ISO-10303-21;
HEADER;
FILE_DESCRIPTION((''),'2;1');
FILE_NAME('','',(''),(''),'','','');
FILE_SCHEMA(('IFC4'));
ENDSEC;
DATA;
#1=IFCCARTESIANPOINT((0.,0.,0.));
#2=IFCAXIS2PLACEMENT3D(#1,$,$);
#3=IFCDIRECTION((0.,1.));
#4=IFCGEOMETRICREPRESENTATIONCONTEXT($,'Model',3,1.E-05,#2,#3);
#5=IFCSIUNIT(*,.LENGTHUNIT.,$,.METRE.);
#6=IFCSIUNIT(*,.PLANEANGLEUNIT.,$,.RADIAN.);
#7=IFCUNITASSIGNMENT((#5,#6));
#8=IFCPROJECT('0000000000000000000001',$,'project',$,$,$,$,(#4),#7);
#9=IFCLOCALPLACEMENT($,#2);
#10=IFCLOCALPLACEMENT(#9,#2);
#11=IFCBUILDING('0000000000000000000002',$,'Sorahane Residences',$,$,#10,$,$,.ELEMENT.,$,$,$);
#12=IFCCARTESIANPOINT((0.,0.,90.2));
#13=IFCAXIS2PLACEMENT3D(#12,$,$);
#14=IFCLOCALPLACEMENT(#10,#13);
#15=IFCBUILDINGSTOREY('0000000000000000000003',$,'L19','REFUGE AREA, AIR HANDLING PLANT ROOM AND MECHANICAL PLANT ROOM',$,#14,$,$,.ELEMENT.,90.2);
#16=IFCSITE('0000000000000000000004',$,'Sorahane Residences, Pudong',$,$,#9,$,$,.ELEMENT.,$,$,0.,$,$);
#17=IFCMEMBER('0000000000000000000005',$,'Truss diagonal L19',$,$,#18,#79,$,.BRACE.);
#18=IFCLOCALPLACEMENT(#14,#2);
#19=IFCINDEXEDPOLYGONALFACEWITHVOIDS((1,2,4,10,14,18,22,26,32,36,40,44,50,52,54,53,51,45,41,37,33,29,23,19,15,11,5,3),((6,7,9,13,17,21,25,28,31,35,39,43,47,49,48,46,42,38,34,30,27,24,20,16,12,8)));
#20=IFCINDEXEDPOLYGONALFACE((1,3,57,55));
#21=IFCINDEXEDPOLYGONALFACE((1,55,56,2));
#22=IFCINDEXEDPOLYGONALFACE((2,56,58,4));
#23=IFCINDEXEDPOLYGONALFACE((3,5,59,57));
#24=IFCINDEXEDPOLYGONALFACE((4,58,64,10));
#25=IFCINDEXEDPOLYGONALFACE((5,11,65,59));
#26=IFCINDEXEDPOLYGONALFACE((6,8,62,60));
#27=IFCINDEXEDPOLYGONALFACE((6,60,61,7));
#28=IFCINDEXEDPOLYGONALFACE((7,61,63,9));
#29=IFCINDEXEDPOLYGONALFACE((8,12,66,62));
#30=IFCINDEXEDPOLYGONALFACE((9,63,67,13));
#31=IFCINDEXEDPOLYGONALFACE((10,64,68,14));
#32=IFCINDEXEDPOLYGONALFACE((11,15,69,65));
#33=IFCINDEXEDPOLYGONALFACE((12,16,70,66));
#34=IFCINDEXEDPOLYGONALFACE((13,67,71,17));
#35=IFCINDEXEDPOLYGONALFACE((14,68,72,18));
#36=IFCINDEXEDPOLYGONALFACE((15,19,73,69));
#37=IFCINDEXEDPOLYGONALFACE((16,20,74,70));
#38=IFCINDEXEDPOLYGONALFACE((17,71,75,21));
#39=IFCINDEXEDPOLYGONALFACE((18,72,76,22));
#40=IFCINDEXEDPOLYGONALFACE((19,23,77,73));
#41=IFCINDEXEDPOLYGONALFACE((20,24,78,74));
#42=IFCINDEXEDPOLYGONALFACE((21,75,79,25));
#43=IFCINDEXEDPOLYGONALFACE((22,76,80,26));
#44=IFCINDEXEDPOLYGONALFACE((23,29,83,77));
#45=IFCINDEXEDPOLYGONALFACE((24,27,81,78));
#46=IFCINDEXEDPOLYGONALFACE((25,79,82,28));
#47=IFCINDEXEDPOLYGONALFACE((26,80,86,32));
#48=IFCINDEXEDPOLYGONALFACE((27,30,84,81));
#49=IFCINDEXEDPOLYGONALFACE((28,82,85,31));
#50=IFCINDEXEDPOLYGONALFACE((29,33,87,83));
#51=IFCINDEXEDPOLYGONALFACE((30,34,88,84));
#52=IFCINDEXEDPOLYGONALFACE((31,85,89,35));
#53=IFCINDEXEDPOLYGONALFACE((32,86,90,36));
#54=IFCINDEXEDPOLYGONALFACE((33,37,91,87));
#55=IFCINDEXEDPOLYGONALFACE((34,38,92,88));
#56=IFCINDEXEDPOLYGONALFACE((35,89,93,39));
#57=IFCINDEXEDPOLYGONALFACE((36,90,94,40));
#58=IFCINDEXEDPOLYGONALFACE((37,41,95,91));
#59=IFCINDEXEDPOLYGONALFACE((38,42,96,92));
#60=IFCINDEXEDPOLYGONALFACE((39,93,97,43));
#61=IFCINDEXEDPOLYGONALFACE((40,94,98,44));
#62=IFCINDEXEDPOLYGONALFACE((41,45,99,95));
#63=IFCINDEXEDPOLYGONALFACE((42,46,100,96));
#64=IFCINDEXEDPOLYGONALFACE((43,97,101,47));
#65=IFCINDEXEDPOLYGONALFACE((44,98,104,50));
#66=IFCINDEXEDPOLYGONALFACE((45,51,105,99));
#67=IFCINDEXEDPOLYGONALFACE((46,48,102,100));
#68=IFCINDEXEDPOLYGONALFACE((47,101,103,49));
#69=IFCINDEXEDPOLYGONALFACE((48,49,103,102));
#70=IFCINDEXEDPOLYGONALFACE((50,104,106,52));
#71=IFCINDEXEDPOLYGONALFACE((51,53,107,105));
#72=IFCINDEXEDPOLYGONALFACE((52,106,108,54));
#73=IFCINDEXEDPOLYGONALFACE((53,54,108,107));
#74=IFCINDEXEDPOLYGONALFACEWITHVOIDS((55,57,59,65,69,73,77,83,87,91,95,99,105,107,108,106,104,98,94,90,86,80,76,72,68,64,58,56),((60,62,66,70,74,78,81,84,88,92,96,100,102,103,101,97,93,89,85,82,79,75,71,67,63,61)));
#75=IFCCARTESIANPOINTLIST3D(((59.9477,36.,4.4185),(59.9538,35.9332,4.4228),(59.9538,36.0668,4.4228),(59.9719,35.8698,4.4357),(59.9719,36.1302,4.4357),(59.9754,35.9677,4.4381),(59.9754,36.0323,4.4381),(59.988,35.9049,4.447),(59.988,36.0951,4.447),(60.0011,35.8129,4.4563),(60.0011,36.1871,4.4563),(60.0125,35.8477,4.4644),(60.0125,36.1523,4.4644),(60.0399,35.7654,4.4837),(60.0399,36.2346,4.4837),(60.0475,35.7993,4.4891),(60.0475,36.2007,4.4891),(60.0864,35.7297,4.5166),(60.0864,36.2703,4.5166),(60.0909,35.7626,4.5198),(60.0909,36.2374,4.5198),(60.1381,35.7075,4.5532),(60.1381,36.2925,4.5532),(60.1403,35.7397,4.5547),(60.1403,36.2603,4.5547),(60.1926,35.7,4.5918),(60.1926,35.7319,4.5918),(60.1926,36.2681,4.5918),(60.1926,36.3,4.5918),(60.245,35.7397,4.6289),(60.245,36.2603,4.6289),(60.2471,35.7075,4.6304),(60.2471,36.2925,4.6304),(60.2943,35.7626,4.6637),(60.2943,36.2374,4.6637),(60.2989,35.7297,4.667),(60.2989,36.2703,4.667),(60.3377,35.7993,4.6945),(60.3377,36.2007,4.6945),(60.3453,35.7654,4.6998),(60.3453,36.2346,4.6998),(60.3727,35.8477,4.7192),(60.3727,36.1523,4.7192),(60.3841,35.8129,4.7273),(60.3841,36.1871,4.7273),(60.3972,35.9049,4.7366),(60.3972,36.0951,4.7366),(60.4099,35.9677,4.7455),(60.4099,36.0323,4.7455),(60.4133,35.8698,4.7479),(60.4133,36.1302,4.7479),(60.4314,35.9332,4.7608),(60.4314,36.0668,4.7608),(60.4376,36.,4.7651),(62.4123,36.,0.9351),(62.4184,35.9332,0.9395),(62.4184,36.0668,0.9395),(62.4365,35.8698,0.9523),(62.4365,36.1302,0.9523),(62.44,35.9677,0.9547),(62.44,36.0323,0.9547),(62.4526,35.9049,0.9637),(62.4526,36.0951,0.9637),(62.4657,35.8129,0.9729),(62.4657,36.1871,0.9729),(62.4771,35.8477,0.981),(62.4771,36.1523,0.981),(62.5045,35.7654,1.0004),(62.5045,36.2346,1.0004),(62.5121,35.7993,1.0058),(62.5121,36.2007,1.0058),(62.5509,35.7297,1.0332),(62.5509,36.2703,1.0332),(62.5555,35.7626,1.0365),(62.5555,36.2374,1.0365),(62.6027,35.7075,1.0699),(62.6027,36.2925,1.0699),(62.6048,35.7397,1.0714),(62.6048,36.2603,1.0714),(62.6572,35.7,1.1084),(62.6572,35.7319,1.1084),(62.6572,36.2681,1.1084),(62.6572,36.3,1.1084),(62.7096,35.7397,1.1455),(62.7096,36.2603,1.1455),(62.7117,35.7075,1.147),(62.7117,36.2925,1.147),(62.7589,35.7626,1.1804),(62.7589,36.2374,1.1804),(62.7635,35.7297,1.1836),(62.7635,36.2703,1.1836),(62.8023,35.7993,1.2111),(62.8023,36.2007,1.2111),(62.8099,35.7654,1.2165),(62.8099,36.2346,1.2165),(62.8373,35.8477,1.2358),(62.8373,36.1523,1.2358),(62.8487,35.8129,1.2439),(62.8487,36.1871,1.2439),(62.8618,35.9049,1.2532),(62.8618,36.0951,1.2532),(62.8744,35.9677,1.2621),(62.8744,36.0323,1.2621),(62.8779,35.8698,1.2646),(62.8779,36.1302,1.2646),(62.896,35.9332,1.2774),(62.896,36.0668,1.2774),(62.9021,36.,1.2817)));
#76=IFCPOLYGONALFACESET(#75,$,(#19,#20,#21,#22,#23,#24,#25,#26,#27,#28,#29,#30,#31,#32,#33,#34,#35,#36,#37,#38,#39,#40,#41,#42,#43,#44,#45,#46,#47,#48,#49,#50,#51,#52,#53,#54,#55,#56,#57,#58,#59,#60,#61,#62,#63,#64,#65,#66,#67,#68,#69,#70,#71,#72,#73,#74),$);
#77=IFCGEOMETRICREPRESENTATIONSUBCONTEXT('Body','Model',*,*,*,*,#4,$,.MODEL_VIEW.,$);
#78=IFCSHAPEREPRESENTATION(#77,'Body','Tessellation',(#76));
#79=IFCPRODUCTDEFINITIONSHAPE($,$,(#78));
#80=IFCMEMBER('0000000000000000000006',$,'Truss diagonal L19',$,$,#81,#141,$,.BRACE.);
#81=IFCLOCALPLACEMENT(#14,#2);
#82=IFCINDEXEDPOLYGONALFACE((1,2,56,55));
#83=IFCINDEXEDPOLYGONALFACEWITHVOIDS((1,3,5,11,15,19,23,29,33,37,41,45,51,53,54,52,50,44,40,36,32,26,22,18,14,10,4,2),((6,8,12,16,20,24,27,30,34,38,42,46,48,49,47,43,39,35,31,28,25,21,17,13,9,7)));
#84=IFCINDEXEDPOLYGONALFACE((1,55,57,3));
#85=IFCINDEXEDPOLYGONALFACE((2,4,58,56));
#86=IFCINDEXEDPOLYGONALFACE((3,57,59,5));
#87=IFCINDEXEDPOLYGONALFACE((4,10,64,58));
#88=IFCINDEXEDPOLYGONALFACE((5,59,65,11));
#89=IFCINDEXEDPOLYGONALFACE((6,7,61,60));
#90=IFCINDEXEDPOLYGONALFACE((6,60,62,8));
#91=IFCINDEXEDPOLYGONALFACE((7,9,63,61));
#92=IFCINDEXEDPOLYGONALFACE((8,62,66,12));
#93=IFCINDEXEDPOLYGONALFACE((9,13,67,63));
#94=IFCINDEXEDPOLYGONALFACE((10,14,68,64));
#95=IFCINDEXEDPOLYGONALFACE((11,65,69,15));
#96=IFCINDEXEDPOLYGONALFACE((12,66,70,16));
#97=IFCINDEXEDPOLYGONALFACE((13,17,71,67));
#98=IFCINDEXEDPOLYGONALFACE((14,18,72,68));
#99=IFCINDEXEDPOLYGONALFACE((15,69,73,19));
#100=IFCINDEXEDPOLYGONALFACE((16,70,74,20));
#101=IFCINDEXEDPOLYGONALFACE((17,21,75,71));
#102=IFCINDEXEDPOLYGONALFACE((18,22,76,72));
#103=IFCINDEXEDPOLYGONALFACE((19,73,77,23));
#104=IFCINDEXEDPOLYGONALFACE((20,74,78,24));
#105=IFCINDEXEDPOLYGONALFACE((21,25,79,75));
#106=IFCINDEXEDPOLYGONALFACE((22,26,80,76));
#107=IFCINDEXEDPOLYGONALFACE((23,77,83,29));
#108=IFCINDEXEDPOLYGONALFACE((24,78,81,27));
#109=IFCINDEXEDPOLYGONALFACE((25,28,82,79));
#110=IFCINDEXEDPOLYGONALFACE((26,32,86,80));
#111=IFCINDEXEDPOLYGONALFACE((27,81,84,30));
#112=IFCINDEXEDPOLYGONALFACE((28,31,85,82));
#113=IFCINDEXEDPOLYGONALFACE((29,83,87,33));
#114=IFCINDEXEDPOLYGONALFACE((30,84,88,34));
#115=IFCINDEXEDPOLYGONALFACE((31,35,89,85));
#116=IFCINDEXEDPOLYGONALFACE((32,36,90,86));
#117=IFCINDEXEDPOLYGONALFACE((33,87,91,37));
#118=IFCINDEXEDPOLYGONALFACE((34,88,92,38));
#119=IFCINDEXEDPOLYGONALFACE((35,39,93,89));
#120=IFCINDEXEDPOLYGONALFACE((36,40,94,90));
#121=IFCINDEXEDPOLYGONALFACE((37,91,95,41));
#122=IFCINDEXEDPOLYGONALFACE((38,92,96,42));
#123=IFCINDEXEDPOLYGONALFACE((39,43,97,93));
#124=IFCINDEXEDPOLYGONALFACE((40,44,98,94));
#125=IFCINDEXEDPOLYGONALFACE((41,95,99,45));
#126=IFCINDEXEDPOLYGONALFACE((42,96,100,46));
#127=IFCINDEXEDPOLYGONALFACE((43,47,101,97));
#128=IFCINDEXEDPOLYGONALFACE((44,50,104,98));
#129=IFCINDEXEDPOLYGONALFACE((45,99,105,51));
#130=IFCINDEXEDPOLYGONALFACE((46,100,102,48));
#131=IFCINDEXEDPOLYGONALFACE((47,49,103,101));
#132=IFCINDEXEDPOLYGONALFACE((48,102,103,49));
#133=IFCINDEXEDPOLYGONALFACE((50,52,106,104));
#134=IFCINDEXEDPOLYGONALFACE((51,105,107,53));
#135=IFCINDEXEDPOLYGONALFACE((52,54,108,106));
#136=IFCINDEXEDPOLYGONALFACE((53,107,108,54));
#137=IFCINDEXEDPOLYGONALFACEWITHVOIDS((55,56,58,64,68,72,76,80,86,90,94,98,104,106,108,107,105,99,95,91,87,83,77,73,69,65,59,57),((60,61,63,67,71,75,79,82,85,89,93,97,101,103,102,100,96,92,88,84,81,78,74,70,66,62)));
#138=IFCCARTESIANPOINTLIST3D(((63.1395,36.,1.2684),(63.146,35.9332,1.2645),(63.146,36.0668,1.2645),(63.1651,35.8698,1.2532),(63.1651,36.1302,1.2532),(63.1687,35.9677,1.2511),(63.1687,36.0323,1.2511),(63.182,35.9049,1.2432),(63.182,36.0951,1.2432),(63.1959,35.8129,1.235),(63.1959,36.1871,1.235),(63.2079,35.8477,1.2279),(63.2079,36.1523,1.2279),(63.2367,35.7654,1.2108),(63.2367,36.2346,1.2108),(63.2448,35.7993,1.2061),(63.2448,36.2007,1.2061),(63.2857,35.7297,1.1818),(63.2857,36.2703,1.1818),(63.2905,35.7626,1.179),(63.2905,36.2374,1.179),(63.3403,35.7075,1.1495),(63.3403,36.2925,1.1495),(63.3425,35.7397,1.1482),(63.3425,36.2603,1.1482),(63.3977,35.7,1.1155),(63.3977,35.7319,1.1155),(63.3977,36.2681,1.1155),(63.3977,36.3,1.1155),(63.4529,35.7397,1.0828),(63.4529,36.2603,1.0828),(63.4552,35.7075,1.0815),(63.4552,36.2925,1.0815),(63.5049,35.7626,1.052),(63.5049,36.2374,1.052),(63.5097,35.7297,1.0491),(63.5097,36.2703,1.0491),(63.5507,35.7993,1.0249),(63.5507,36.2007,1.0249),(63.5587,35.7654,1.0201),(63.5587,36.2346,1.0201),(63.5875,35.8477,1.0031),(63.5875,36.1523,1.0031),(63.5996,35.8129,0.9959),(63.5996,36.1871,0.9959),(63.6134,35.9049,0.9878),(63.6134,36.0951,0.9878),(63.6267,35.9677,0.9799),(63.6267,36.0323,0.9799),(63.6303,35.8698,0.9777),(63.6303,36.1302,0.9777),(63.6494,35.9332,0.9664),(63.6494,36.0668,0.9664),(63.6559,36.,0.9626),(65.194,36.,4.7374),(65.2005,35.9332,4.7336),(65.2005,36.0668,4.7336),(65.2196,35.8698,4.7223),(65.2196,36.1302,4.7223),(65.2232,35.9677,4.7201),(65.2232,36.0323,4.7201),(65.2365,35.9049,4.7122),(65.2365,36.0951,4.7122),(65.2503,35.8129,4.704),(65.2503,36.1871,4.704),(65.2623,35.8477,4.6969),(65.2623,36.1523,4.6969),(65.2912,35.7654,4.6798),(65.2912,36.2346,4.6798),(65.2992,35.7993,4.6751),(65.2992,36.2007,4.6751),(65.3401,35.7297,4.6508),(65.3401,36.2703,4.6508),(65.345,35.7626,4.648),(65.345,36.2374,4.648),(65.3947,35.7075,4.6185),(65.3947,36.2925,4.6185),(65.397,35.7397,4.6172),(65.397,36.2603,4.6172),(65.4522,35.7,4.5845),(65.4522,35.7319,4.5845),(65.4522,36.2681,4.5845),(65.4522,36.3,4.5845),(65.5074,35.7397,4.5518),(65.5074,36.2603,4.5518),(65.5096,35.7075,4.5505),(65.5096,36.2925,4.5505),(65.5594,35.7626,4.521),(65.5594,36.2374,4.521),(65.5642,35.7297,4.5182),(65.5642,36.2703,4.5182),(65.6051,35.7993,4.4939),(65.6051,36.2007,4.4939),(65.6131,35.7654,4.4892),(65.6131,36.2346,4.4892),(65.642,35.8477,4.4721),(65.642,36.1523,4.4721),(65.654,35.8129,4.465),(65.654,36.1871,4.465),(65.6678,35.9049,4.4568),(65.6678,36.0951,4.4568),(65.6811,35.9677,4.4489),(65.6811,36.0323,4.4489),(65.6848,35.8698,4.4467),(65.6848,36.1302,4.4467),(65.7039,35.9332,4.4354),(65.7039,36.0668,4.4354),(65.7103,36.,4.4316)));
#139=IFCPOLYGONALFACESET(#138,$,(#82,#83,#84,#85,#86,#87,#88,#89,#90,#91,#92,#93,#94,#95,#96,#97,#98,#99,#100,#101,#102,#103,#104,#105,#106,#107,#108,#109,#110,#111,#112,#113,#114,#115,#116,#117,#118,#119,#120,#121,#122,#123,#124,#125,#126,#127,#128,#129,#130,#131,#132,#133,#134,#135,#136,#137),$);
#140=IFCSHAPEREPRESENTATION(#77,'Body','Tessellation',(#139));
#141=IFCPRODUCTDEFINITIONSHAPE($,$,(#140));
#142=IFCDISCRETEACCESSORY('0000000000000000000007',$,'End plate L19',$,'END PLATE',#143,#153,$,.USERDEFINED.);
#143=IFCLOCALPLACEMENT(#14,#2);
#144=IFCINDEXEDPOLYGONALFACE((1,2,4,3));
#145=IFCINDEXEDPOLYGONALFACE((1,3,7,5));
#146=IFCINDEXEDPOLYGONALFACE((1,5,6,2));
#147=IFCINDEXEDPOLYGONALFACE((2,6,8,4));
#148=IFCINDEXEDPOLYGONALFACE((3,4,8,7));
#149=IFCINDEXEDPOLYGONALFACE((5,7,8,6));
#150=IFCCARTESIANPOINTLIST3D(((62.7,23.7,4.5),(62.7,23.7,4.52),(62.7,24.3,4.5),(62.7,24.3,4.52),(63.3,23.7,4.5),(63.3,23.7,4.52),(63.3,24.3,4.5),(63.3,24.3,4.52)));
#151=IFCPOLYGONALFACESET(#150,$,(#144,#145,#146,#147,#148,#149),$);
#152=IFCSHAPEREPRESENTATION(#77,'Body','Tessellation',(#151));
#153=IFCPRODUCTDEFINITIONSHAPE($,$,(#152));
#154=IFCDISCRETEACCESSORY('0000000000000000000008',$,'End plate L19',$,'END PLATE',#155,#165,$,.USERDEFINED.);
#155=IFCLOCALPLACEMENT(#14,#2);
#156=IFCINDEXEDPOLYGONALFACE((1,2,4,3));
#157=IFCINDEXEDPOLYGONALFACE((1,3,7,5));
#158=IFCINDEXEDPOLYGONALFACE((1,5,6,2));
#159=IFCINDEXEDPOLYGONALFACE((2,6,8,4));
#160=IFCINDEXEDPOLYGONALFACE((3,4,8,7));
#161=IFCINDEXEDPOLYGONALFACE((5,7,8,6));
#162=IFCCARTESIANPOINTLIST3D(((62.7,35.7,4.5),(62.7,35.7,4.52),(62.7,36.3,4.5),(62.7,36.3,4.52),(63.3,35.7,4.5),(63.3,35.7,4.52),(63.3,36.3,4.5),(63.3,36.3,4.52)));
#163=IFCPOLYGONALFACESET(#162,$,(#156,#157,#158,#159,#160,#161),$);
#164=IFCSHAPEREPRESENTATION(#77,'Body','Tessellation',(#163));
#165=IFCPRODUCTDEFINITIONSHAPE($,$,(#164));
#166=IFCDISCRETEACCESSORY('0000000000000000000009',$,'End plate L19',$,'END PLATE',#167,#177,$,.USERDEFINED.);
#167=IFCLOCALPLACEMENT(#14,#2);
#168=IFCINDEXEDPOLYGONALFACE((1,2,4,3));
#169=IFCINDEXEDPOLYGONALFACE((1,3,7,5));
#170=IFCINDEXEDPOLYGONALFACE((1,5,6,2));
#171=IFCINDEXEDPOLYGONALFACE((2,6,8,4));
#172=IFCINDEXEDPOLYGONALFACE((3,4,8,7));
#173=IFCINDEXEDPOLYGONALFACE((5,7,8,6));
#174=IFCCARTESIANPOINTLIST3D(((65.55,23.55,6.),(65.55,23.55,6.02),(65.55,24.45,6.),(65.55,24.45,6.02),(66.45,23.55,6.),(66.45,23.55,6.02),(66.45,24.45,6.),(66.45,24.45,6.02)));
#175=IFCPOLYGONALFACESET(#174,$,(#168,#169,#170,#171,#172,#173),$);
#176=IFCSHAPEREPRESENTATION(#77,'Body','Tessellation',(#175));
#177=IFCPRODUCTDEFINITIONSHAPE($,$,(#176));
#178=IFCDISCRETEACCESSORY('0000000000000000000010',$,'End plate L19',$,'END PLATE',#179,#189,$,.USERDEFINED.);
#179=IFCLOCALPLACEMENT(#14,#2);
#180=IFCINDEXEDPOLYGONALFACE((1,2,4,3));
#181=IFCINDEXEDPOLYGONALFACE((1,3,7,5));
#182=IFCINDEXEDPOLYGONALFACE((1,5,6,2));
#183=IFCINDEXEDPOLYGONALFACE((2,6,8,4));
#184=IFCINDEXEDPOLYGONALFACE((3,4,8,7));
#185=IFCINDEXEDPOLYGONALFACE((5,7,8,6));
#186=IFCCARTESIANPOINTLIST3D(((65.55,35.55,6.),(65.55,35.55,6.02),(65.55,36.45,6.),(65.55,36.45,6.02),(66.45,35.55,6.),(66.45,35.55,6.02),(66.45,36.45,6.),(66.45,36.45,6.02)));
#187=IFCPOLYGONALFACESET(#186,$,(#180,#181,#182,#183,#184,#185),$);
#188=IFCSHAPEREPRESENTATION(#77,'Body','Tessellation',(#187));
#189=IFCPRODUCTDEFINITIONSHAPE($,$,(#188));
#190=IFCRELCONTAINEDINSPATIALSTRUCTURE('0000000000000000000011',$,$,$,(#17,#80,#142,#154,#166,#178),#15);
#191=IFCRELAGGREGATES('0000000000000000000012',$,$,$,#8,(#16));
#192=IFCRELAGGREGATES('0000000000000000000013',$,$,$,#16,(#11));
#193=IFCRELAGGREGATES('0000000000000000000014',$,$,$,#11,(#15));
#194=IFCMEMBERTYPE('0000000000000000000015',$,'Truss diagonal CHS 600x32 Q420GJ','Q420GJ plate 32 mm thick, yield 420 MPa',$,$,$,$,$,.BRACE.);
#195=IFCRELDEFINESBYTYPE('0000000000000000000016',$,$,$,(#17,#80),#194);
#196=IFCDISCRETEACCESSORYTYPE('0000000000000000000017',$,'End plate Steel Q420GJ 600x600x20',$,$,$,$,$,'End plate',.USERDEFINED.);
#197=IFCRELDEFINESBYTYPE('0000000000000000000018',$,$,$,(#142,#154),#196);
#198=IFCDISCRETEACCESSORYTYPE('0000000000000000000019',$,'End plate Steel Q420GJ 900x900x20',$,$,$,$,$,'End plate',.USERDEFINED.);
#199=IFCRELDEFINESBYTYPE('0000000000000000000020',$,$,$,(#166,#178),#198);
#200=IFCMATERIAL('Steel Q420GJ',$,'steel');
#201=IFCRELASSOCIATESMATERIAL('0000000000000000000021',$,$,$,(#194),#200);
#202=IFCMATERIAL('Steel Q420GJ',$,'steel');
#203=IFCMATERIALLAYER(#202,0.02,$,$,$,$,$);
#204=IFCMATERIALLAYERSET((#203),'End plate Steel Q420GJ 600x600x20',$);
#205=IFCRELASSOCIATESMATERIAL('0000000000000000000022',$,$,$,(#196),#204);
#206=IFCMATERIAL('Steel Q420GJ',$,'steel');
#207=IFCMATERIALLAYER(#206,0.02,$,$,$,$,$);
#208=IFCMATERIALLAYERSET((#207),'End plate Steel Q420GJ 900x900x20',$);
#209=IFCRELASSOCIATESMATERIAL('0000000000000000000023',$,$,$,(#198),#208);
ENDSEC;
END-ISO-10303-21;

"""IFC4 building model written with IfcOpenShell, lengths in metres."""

from ifc_helpers import new_model, si_unit, direction, frame, origin, origin_2d, place, context, subcontext, project, spatial, rectangle, hollow_circle, extrude, material, layer, layer_set, material_profile, profile_set, type_object, element, save


model = new_model("IFC4")

# Units and contexts
model_context = context("Model", 3, precision=1e-05, world=origin(), true_north=direction((0.0, 1.0)))
body_context = subcontext(model_context, "Body", "Model", "MODEL_VIEW")
ifc_project = project(units=[si_unit("LENGTHUNIT", "METRE"), si_unit("PLANEANGLEUNIT", "RADIAN")], contexts=[model_context])

# Site, building, storey
site_placement = place(None, origin())
site = spatial("IfcSite", under=ifc_project, at=site_placement, Name="Sorahane Residences, Pudong", CompositionType="ELEMENT", RefElevation=0.0)
building_placement = place(site_placement, origin())
building = spatial("IfcBuilding", under=site, at=building_placement, Name="Sorahane Residences", CompositionType="ELEMENT")
storey_placement = place(building_placement, frame((0.0, 0.0, 90.2)))
storey = spatial("IfcBuildingStorey", under=building, at=storey_placement, Name="L19", Description="REFUGE AREA, AIR HANDLING PLANT ROOM AND MECHANICAL PLANT ROOM", CompositionType="ELEMENT", Elevation=90.2)

# Members
ifc_material_1 = material(Name="Steel Q420GJ", Category="steel")
ifc_material_profile_1 = material_profile(ifc_material_1, hollow_circle(Radius=0.3, WallThickness=0.032, at=origin_2d()), Name="CHS 600x32")
ifc_profile_set_1 = profile_set([ifc_material_profile_1], Name="Steel Q420GJ")
member_type = type_object("IfcMemberType", Name="Truss diagonal CHS 600x32 Q420GJ", Description="Q420GJ plate 32 mm thick, yield 420 MPa", PredefinedType="BRACE", material=ifc_profile_set_1)
member_1_placement = place(storey_placement, frame((60.1926, 36.0, 4.5918), z_axis=(0.577579, 0.0, -0.816335), x_axis=(0.0, 1.0, 0.0)))
element("IfcMember", 1, at=member_1_placement, inside=storey, type_object=member_type, Name="Truss diagonal L19", PredefinedType="BRACE", context=body_context, shape_type="SweptSolid", body=[
    extrude(hollow_circle(Radius=0.3, WallThickness=0.032, at=origin_2d()), origin(), (0.0, 0.0, 1.0), 4.2671),
])
member_2_placement = place(storey_placement, frame((63.3977, 36.0, 1.1155), z_axis=(0.509572, 0.0, 0.860428), x_axis=(0.0, 1.0, 0.0)))
element("IfcMember", 2, at=member_2_placement, inside=storey, type_object=member_type, Name="Truss diagonal L19", PredefinedType="BRACE", context=body_context, shape_type="SweptSolid", body=[
    extrude(hollow_circle(Radius=0.3, WallThickness=0.032, at=origin_2d()), origin(), (0.0, 0.0, 1.0), 4.0317),
])

# Discrete accessories
ifc_material_2 = material(Name="Steel Q420GJ", Category="steel")
ifc_layer_1 = layer(ifc_material_2, 0.02)
ifc_layer_set_1 = layer_set([ifc_layer_1], Name="End plate Steel Q420GJ 600x600x20")
discrete_accessory_type_1 = type_object("IfcDiscreteAccessoryType", Name="End plate Steel Q420GJ 600x600x20", ElementType="End plate", PredefinedType="USERDEFINED", material=ifc_layer_set_1)
for number, where, z_axis, x_axis, name in (
    (3, (63.0, 24.0, 4.5), (0.0, 0.0, 1.0), (1.0, 0.0, 0.0), "End plate L19"),
    (4, (63.0, 36.0, 4.5), (0.0, 0.0, 1.0), (1.0, 0.0, 0.0), "End plate L19"),
):
    element("IfcDiscreteAccessory", number, at=place(storey_placement, frame(where, z_axis=z_axis, x_axis=x_axis)), inside=storey, type_object=discrete_accessory_type_1, Name=name, ObjectType="END PLATE", PredefinedType="USERDEFINED", context=body_context, shape_type="SweptSolid", body=[
        extrude(rectangle(XDim=0.6001, YDim=0.6001, at=origin_2d()), origin(), (0.0, 0.0, 1.0), 0.02),
    ])
ifc_material_3 = material(Name="Steel Q420GJ", Category="steel")
ifc_layer_2 = layer(ifc_material_3, 0.02)
ifc_layer_set_2 = layer_set([ifc_layer_2], Name="End plate Steel Q420GJ 900x900x20")
discrete_accessory_type_2 = type_object("IfcDiscreteAccessoryType", Name="End plate Steel Q420GJ 900x900x20", ElementType="End plate", PredefinedType="USERDEFINED", material=ifc_layer_set_2)
for number, where, z_axis, x_axis, name in (
    (5, (66.0, 24.0, 6.0), (0.0, 0.0, 1.0), (1.0, 0.0, 0.0), "End plate L19"),
    (6, (66.0, 36.0, 6.0), (0.0, 0.0, 1.0), (1.0, 0.0, 0.0), "End plate L19"),
):
    element("IfcDiscreteAccessory", number, at=place(storey_placement, frame(where, z_axis=z_axis, x_axis=x_axis)), inside=storey, type_object=discrete_accessory_type_2, Name=name, ObjectType="END PLATE", PredefinedType="USERDEFINED", context=body_context, shape_type="SweptSolid", body=[
        extrude(rectangle(XDim=0.8999, YDim=0.8999, at=origin_2d()), origin(), (0.0, 0.0, 1.0), 0.02),
    ])

save(model, "model.ifc")
